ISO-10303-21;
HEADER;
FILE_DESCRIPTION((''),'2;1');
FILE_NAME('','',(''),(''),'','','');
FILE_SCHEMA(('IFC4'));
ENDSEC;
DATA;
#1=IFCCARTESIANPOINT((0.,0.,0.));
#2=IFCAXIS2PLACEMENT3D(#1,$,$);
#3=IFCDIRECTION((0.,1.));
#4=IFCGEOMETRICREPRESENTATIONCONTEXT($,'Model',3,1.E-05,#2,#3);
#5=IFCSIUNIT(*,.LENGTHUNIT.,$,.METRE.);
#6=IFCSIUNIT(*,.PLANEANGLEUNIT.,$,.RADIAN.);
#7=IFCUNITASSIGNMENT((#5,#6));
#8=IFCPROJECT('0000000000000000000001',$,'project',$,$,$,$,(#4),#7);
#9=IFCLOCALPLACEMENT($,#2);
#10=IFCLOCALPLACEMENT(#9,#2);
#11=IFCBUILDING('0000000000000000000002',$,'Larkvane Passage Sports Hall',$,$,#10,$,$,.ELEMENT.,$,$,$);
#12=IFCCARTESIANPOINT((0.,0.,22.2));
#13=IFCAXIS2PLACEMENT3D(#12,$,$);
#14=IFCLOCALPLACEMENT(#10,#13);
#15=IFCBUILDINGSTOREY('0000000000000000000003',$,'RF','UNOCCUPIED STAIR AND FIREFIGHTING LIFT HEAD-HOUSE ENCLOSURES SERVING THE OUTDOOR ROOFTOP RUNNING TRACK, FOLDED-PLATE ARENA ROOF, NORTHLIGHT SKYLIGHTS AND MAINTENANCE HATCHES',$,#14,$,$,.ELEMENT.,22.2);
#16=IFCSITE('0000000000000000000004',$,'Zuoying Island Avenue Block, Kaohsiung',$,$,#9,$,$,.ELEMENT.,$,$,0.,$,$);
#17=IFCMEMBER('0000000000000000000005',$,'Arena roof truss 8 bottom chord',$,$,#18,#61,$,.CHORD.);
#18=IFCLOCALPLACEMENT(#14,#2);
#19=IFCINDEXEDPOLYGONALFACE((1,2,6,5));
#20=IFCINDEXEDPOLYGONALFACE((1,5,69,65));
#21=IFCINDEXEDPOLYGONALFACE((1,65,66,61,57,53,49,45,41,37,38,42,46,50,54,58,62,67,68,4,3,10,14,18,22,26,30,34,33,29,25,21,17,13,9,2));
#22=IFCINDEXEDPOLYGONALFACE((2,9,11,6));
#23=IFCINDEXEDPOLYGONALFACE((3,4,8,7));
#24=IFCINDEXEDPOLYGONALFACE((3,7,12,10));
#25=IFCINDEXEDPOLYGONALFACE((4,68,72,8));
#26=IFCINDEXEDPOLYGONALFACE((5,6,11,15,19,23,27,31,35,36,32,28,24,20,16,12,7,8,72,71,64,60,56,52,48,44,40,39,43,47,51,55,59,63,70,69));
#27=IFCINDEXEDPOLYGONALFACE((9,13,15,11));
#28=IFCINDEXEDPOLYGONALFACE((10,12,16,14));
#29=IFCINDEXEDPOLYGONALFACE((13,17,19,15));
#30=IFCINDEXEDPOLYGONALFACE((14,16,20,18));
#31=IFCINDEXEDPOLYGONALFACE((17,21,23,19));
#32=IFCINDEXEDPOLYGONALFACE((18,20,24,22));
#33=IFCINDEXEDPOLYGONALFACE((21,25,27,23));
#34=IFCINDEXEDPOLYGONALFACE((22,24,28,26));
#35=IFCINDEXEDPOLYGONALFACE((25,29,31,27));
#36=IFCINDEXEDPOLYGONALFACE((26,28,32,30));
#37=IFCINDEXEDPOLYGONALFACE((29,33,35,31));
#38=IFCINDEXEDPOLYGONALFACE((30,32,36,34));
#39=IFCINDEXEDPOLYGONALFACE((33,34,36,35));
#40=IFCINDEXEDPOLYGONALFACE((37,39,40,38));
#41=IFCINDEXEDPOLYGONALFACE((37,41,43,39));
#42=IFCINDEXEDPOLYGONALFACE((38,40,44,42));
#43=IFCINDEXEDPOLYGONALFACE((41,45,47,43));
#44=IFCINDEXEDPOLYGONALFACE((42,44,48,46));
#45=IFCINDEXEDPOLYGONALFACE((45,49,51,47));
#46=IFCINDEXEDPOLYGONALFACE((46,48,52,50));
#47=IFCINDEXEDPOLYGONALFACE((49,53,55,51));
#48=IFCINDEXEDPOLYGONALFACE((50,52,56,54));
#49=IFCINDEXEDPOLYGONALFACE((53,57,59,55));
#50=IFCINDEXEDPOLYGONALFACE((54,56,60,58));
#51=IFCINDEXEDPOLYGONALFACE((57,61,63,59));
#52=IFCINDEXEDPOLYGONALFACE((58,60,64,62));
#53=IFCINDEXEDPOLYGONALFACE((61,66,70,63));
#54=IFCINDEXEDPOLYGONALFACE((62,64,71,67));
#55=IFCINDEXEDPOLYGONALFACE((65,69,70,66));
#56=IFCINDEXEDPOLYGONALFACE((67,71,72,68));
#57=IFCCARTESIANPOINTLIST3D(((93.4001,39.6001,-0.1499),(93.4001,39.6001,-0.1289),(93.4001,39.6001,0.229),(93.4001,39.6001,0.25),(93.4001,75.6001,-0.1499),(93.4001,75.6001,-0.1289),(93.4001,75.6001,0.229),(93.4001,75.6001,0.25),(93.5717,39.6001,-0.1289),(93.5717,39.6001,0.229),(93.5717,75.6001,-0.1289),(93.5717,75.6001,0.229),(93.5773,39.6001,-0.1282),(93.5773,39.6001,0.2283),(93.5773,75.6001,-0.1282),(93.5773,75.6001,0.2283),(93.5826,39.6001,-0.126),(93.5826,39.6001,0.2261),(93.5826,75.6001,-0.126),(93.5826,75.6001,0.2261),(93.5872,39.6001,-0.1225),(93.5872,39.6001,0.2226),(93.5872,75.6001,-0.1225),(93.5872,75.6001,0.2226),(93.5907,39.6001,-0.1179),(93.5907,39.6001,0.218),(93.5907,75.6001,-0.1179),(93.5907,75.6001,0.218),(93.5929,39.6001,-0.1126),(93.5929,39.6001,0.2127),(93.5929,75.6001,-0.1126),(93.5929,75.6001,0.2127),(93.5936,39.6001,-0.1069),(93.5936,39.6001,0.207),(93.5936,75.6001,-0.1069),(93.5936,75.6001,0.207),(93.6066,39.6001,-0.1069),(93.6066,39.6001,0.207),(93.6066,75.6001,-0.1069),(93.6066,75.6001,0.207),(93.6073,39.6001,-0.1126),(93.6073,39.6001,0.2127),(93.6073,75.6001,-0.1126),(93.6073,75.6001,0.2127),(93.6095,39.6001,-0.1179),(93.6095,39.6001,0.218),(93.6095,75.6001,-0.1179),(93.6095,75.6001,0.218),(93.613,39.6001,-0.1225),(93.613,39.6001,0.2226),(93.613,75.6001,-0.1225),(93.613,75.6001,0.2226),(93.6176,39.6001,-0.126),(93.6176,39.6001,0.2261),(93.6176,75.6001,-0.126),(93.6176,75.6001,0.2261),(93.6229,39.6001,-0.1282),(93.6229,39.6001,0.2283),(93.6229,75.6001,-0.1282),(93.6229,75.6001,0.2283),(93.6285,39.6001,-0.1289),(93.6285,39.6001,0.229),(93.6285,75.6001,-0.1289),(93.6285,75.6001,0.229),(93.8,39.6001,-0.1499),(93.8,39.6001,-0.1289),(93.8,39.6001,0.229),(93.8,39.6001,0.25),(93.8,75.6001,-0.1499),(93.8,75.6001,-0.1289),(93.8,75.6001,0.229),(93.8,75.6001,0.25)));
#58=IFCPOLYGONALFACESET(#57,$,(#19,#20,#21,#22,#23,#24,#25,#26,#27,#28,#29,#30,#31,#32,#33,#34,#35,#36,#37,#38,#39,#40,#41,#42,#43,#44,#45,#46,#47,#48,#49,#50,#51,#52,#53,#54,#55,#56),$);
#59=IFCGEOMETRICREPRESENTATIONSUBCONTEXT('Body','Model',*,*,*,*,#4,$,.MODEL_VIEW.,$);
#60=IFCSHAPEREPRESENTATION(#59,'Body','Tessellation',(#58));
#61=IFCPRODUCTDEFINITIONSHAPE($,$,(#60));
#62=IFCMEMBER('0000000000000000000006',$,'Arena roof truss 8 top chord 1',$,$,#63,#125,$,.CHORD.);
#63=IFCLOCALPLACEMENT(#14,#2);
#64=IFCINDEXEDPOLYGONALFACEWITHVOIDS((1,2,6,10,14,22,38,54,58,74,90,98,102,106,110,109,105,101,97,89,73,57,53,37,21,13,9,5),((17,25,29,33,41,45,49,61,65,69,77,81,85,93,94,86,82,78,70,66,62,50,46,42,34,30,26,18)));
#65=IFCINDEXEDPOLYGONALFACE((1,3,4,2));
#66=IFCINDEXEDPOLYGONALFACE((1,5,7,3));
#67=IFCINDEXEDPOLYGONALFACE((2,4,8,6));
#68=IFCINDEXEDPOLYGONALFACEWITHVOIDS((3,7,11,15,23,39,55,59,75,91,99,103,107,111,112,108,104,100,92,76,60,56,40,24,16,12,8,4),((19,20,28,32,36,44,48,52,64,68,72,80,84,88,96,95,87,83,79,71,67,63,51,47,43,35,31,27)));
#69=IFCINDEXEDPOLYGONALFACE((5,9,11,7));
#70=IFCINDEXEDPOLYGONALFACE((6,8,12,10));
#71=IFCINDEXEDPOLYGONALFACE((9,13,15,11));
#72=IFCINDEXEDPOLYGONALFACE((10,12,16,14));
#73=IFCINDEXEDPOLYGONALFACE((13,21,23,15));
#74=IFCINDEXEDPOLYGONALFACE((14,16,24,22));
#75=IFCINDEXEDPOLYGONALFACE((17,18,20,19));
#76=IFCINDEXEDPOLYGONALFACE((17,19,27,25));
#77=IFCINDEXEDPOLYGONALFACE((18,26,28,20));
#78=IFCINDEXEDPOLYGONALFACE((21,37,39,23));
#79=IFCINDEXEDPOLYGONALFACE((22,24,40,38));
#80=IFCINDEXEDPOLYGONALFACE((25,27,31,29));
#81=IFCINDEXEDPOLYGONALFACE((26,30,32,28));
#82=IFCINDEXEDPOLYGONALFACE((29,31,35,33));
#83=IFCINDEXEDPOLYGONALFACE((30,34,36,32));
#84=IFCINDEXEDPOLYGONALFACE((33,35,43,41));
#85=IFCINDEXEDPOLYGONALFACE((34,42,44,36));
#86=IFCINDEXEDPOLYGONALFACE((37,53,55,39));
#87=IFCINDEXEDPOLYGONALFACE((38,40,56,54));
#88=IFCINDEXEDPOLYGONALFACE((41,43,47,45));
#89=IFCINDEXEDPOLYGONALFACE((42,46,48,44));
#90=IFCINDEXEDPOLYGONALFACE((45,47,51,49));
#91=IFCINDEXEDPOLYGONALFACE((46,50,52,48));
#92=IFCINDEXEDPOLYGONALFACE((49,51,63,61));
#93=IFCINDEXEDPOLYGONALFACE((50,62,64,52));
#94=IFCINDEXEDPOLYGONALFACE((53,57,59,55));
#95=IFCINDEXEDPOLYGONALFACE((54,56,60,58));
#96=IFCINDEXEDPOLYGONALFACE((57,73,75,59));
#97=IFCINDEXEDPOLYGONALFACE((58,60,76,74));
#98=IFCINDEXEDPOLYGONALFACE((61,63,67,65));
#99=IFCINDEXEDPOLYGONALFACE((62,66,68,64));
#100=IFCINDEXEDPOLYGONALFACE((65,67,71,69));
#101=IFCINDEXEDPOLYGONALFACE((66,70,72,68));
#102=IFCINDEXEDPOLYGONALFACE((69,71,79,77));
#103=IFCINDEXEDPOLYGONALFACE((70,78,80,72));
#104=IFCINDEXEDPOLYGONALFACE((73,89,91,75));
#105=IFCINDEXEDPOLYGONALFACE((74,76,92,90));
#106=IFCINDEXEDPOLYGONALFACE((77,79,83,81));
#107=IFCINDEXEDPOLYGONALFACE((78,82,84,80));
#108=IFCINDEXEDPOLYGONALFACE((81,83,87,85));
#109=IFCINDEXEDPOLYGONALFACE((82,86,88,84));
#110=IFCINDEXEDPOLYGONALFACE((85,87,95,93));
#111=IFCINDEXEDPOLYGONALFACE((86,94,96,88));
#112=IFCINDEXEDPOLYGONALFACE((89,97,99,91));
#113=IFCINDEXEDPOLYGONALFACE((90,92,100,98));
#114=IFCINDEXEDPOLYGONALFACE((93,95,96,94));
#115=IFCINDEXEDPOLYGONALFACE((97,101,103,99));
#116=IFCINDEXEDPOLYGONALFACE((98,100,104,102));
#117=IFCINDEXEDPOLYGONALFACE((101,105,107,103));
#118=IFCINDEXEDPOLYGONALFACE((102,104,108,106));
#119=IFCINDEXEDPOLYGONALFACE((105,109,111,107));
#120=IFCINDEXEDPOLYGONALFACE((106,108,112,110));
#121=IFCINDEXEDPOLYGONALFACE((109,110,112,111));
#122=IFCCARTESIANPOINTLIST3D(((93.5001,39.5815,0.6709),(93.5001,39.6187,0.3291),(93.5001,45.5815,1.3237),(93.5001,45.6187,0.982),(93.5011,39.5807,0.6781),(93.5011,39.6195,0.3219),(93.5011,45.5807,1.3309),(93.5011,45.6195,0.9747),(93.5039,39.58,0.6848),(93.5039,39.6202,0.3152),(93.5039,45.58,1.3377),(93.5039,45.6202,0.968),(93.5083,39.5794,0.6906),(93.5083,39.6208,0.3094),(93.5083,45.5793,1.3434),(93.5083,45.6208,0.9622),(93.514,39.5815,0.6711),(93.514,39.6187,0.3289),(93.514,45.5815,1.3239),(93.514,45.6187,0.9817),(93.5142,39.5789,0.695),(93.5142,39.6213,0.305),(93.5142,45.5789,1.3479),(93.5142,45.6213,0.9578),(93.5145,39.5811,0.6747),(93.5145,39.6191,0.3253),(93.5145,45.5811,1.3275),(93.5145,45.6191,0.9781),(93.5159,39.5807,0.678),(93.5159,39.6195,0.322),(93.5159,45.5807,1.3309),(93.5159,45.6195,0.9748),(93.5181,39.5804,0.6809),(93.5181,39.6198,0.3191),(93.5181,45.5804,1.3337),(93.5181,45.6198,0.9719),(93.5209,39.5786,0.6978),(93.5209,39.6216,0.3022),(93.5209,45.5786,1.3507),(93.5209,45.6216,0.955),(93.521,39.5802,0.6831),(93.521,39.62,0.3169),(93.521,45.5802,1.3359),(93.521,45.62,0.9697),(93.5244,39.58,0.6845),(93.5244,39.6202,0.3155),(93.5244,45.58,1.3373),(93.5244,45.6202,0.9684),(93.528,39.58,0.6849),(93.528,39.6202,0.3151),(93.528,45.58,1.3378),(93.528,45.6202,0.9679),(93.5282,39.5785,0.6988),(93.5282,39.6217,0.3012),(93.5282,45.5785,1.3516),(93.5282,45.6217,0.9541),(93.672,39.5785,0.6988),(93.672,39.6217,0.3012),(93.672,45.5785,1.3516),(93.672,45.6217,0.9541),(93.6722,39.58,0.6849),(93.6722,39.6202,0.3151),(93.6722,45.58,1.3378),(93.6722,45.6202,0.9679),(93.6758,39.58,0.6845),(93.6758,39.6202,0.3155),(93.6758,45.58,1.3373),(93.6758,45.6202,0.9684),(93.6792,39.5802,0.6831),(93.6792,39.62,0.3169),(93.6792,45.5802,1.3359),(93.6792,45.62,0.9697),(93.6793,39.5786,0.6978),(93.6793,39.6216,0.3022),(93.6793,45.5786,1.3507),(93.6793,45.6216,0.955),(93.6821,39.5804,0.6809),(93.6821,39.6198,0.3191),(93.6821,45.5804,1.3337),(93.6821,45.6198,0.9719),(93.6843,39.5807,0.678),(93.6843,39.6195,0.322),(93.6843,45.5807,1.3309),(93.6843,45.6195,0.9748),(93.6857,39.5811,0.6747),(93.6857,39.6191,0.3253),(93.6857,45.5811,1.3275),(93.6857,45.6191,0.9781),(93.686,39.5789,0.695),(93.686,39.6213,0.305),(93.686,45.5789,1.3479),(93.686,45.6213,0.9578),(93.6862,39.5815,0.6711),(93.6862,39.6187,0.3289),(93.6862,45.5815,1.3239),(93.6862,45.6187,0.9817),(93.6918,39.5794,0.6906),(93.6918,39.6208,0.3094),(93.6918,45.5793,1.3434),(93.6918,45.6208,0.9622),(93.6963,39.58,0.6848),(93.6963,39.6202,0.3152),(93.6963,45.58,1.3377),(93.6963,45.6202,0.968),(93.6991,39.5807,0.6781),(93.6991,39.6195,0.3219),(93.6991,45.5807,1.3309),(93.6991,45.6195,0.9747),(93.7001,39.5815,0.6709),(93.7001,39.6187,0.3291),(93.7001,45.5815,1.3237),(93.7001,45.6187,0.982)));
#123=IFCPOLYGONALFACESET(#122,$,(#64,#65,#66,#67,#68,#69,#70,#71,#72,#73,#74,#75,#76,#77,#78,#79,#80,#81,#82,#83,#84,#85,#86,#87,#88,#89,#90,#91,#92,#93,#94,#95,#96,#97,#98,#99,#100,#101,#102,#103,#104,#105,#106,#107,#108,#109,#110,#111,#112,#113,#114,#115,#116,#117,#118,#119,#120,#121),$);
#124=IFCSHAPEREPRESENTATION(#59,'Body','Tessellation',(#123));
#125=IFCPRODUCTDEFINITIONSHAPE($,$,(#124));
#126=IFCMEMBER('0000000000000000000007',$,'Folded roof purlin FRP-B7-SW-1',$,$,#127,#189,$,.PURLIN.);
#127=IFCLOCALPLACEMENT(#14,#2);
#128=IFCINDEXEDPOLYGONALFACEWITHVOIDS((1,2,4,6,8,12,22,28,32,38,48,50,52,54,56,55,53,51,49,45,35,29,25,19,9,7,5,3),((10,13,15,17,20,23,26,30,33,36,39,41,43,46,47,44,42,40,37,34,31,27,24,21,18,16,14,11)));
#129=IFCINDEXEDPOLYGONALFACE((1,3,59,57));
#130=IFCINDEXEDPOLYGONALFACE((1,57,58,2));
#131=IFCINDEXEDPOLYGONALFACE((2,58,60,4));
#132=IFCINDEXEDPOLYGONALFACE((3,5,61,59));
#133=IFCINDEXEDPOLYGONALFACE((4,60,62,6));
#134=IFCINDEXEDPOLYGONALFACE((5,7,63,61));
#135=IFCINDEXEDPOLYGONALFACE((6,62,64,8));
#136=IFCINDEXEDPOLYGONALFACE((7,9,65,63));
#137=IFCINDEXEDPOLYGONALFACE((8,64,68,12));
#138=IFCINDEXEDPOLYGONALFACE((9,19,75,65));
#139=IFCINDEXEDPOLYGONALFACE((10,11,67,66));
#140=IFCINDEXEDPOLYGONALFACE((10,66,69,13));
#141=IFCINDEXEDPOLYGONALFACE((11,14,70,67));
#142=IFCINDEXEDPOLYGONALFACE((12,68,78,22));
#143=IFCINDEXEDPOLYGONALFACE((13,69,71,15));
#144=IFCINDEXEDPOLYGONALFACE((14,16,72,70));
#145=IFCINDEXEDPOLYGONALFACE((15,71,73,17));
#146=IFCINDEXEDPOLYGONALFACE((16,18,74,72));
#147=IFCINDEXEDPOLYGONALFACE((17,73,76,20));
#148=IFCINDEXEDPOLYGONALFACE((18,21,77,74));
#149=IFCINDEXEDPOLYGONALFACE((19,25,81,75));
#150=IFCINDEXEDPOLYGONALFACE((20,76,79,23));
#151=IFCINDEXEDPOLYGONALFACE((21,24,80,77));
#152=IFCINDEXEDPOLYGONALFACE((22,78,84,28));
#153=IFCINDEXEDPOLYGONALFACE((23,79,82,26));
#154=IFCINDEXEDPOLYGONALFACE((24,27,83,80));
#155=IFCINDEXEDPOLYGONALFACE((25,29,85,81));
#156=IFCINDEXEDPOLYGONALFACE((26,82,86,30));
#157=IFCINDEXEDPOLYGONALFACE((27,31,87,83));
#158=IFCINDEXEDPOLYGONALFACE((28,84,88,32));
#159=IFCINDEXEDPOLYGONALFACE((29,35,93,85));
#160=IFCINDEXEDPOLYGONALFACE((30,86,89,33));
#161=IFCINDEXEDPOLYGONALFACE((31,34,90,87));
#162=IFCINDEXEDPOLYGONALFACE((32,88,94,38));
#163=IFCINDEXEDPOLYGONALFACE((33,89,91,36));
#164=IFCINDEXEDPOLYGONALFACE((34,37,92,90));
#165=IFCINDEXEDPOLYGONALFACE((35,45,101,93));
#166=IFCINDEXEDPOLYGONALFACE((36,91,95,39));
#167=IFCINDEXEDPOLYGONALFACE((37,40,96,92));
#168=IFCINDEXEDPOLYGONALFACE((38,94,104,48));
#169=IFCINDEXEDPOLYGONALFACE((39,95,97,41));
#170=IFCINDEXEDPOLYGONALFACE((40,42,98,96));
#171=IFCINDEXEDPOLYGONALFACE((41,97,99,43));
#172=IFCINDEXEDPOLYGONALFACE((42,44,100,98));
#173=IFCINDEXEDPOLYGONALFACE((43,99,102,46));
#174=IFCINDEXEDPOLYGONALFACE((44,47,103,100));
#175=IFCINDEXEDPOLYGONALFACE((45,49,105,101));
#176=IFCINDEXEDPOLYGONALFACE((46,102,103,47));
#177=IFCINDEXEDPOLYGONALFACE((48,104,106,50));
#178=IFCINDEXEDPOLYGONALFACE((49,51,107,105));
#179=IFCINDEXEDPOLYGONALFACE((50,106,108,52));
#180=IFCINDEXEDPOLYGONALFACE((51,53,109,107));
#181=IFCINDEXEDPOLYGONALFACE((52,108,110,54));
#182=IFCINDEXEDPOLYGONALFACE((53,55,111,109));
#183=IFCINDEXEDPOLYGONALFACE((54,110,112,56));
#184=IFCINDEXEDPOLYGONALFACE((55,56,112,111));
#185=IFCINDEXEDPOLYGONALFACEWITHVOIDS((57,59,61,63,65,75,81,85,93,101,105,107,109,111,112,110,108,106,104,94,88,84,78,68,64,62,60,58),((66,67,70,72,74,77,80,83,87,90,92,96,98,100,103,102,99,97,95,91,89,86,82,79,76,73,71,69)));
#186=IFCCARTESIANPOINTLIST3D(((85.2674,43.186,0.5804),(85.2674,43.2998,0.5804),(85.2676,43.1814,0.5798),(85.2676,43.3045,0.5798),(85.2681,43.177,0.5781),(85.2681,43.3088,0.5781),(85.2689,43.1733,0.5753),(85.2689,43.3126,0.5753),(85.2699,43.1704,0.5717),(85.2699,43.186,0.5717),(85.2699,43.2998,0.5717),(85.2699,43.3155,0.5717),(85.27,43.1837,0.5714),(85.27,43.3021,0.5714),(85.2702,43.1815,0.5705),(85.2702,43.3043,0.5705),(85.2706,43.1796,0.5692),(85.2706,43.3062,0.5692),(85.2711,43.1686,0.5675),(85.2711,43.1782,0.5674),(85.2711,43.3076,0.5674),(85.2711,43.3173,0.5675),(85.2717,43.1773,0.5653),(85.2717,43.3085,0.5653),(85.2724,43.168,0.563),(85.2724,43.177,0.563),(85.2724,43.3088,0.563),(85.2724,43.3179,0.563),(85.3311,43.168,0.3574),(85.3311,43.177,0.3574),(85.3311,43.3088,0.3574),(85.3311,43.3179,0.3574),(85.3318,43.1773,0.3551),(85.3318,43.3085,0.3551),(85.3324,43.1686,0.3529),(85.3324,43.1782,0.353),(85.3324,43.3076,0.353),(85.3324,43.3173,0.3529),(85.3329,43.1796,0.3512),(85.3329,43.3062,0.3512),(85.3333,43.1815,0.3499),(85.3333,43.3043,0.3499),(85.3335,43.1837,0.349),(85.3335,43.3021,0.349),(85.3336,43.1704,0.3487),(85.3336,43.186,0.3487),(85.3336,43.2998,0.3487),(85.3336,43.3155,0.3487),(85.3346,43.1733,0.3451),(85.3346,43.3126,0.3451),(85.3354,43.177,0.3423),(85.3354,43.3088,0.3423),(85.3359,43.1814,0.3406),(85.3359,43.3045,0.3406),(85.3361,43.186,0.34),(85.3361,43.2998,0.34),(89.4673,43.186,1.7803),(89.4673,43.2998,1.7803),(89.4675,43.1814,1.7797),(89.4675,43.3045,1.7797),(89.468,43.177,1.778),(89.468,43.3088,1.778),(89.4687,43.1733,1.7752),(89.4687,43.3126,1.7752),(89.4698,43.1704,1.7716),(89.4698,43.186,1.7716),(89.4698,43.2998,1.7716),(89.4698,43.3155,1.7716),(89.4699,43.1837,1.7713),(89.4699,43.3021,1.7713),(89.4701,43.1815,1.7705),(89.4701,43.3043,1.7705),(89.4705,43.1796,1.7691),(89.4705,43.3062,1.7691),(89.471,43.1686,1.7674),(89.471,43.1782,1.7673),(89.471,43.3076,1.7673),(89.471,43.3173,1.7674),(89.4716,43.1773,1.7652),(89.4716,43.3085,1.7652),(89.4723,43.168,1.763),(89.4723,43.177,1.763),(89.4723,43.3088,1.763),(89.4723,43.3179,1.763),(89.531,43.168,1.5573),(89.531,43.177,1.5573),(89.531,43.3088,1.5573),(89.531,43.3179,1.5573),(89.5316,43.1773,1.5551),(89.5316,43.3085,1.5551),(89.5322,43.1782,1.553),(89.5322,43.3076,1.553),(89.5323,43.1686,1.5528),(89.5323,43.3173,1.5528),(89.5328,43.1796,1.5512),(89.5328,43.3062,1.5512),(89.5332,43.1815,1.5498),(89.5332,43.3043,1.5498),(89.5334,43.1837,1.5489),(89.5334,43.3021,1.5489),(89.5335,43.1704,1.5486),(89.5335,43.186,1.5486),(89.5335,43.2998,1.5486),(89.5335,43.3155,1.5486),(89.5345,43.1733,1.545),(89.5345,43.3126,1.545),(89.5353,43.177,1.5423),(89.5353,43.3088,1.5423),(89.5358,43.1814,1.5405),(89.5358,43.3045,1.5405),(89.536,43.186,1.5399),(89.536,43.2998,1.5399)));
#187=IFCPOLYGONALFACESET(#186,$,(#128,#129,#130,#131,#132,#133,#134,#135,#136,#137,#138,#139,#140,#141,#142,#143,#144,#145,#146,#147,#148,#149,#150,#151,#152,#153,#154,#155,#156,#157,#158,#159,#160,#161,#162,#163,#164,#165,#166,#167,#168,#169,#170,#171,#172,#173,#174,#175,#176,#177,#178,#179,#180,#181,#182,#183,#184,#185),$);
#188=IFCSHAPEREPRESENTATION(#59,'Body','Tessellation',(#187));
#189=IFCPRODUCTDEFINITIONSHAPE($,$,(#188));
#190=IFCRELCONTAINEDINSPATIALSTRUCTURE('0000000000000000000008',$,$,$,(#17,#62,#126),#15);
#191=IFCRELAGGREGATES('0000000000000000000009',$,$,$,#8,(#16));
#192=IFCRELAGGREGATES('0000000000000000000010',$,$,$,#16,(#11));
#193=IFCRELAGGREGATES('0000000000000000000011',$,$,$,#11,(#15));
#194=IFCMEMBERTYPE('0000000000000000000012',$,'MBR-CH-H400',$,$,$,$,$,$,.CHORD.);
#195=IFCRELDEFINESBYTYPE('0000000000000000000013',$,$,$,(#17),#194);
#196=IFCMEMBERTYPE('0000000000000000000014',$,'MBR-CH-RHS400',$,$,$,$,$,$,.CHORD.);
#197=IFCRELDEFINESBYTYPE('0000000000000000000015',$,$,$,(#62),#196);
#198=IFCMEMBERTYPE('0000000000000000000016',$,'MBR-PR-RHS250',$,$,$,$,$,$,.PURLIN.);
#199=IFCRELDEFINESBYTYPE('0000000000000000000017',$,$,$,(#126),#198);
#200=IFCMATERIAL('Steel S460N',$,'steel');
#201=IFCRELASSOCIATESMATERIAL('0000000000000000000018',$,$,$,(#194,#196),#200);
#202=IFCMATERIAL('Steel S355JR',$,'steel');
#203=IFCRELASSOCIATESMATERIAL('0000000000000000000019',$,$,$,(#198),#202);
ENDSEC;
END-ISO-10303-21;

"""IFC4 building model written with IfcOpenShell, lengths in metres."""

from ifc_helpers import new_model, si_unit, direction, frame, origin, origin_2d, place, context, subcontext, project, spatial, hollow_rectangle, i_section, extrude, material, material_profile, profile_set, type_object, element, save


model = new_model("IFC4")

# Units and contexts
model_context = context("Model", 3, precision=1e-05, world=origin(), true_north=direction((0.0, 1.0)))
body_context = subcontext(model_context, "Body", "Model", "MODEL_VIEW")
ifc_project = project(units=[si_unit("LENGTHUNIT", "METRE"), si_unit("PLANEANGLEUNIT", "RADIAN")], contexts=[model_context])

# Site, building, storey
site_placement = place(None, origin())
site = spatial("IfcSite", under=ifc_project, at=site_placement, Name="Zuoying Island Avenue Block, Kaohsiung", CompositionType="ELEMENT", RefElevation=0.0)
building_placement = place(site_placement, origin())
building = spatial("IfcBuilding", under=site, at=building_placement, Name="Larkvane Passage Sports Hall", CompositionType="ELEMENT")
storey_placement = place(building_placement, frame((0.0, 0.0, 22.2)))
storey = spatial("IfcBuildingStorey", under=building, at=storey_placement, Name="RF", Description="UNOCCUPIED STAIR AND FIREFIGHTING LIFT HEAD-HOUSE ENCLOSURES SERVING THE OUTDOOR ROOFTOP RUNNING TRACK, FOLDED-PLATE ARENA ROOF, NORTHLIGHT SKYLIGHTS AND MAINTENANCE HATCHES", CompositionType="ELEMENT", Elevation=22.2)

# Members
ifc_material_1 = material(Name="Steel S355JR", Category="steel")
ifc_material_2 = material(Name="Steel S460N", Category="steel")
ifc_material_profile_1 = material_profile(ifc_material_2, i_section(OverallWidth=0.3999, OverallDepth=0.3999, WebThickness=0.0129, FlangeThickness=0.021, FilletRadius=0.022, at=origin_2d()), Name="H-400x400x13x21")
ifc_profile_set_1 = profile_set([ifc_material_profile_1], Name="Steel S460N")
member_type_1 = type_object("IfcMemberType", Name="MBR-CH-H400", PredefinedType="CHORD", material=ifc_profile_set_1)
member_1_placement = place(storey_placement, frame((93.6001, 39.6001, 0.05), z_axis=(0.0, 1.0, 0.0), x_axis=(-1.0, 0.0, 0.0)))
element("IfcMember", 1, at=member_1_placement, inside=storey, type_object=member_type_1, Name="Arena roof truss 8 bottom chord", PredefinedType="CHORD", context=body_context, shape_type="SweptSolid", body=[
    extrude(i_section(OverallWidth=0.3999, OverallDepth=0.3999, WebThickness=0.0129, FlangeThickness=0.021, FilletRadius=0.022, at=origin_2d()), origin(), (0.0, 0.0, 1.0), 36.0),
])
ifc_material_profile_2 = material_profile(ifc_material_2, hollow_rectangle(XDim=0.2, YDim=0.3999, WallThickness=0.0139, InnerFilletRadius=0.0139, OuterFilletRadius=0.0281, at=origin_2d()), Name="RHS-400x200x14")
ifc_profile_set_2 = profile_set([ifc_material_profile_2], Name="Steel S460N")
member_type_2 = type_object("IfcMemberType", Name="MBR-CH-RHS400", PredefinedType="CHORD", material=ifc_profile_set_2)
member_2_placement = place(storey_placement, frame((93.6001, 39.6001, 0.5), z_axis=(0.0, 0.994133, 0.108167), x_axis=(-1.0, 0.0, 0.0)))
element("IfcMember", 2, at=member_2_placement, inside=storey, type_object=member_type_2, Name="Arena roof truss 8 top chord 1", PredefinedType="CHORD", context=body_context, shape_type="SweptSolid", body=[
    extrude(hollow_rectangle(XDim=0.2, YDim=0.3999, WallThickness=0.0139, InnerFilletRadius=0.0139, OuterFilletRadius=0.0281, at=origin_2d()), origin(), (0.0, 0.0, 1.0), 6.0354),
])
ifc_material_profile_3 = material_profile(ifc_material_1, hollow_rectangle(XDim=0.1499, YDim=0.25, WallThickness=0.009, InnerFilletRadius=0.009, OuterFilletRadius=0.0181, at=origin_2d()), Name="RHS-250x150x9")
ifc_profile_set_3 = profile_set([ifc_material_profile_3], Name="Steel S355JR")
member_type_3 = type_object("IfcMemberType", Name="MBR-PR-RHS250", PredefinedType="PURLIN", material=ifc_profile_set_3)
for number, where, z_axis, x_axis, name in (
    (3, (85.3018, 43.2429, 0.4602), (0.961526, 0.0, 0.274714), (0.0, 1.0, 0.0), "Folded roof purlin FRP-B7-SW-1"),
):
    element("IfcMember", number, at=place(storey_placement, frame(where, z_axis=z_axis, x_axis=x_axis)), inside=storey, type_object=member_type_3, Name=name, PredefinedType="PURLIN", context=body_context, shape_type="SweptSolid", body=[
        extrude(hollow_rectangle(XDim=0.1499, YDim=0.25, WallThickness=0.009, InnerFilletRadius=0.009, OuterFilletRadius=0.0181, at=origin_2d()), origin(), (0.0, 0.0, 1.0), 4.3679),
    ])

save(model, "model.ifc")
